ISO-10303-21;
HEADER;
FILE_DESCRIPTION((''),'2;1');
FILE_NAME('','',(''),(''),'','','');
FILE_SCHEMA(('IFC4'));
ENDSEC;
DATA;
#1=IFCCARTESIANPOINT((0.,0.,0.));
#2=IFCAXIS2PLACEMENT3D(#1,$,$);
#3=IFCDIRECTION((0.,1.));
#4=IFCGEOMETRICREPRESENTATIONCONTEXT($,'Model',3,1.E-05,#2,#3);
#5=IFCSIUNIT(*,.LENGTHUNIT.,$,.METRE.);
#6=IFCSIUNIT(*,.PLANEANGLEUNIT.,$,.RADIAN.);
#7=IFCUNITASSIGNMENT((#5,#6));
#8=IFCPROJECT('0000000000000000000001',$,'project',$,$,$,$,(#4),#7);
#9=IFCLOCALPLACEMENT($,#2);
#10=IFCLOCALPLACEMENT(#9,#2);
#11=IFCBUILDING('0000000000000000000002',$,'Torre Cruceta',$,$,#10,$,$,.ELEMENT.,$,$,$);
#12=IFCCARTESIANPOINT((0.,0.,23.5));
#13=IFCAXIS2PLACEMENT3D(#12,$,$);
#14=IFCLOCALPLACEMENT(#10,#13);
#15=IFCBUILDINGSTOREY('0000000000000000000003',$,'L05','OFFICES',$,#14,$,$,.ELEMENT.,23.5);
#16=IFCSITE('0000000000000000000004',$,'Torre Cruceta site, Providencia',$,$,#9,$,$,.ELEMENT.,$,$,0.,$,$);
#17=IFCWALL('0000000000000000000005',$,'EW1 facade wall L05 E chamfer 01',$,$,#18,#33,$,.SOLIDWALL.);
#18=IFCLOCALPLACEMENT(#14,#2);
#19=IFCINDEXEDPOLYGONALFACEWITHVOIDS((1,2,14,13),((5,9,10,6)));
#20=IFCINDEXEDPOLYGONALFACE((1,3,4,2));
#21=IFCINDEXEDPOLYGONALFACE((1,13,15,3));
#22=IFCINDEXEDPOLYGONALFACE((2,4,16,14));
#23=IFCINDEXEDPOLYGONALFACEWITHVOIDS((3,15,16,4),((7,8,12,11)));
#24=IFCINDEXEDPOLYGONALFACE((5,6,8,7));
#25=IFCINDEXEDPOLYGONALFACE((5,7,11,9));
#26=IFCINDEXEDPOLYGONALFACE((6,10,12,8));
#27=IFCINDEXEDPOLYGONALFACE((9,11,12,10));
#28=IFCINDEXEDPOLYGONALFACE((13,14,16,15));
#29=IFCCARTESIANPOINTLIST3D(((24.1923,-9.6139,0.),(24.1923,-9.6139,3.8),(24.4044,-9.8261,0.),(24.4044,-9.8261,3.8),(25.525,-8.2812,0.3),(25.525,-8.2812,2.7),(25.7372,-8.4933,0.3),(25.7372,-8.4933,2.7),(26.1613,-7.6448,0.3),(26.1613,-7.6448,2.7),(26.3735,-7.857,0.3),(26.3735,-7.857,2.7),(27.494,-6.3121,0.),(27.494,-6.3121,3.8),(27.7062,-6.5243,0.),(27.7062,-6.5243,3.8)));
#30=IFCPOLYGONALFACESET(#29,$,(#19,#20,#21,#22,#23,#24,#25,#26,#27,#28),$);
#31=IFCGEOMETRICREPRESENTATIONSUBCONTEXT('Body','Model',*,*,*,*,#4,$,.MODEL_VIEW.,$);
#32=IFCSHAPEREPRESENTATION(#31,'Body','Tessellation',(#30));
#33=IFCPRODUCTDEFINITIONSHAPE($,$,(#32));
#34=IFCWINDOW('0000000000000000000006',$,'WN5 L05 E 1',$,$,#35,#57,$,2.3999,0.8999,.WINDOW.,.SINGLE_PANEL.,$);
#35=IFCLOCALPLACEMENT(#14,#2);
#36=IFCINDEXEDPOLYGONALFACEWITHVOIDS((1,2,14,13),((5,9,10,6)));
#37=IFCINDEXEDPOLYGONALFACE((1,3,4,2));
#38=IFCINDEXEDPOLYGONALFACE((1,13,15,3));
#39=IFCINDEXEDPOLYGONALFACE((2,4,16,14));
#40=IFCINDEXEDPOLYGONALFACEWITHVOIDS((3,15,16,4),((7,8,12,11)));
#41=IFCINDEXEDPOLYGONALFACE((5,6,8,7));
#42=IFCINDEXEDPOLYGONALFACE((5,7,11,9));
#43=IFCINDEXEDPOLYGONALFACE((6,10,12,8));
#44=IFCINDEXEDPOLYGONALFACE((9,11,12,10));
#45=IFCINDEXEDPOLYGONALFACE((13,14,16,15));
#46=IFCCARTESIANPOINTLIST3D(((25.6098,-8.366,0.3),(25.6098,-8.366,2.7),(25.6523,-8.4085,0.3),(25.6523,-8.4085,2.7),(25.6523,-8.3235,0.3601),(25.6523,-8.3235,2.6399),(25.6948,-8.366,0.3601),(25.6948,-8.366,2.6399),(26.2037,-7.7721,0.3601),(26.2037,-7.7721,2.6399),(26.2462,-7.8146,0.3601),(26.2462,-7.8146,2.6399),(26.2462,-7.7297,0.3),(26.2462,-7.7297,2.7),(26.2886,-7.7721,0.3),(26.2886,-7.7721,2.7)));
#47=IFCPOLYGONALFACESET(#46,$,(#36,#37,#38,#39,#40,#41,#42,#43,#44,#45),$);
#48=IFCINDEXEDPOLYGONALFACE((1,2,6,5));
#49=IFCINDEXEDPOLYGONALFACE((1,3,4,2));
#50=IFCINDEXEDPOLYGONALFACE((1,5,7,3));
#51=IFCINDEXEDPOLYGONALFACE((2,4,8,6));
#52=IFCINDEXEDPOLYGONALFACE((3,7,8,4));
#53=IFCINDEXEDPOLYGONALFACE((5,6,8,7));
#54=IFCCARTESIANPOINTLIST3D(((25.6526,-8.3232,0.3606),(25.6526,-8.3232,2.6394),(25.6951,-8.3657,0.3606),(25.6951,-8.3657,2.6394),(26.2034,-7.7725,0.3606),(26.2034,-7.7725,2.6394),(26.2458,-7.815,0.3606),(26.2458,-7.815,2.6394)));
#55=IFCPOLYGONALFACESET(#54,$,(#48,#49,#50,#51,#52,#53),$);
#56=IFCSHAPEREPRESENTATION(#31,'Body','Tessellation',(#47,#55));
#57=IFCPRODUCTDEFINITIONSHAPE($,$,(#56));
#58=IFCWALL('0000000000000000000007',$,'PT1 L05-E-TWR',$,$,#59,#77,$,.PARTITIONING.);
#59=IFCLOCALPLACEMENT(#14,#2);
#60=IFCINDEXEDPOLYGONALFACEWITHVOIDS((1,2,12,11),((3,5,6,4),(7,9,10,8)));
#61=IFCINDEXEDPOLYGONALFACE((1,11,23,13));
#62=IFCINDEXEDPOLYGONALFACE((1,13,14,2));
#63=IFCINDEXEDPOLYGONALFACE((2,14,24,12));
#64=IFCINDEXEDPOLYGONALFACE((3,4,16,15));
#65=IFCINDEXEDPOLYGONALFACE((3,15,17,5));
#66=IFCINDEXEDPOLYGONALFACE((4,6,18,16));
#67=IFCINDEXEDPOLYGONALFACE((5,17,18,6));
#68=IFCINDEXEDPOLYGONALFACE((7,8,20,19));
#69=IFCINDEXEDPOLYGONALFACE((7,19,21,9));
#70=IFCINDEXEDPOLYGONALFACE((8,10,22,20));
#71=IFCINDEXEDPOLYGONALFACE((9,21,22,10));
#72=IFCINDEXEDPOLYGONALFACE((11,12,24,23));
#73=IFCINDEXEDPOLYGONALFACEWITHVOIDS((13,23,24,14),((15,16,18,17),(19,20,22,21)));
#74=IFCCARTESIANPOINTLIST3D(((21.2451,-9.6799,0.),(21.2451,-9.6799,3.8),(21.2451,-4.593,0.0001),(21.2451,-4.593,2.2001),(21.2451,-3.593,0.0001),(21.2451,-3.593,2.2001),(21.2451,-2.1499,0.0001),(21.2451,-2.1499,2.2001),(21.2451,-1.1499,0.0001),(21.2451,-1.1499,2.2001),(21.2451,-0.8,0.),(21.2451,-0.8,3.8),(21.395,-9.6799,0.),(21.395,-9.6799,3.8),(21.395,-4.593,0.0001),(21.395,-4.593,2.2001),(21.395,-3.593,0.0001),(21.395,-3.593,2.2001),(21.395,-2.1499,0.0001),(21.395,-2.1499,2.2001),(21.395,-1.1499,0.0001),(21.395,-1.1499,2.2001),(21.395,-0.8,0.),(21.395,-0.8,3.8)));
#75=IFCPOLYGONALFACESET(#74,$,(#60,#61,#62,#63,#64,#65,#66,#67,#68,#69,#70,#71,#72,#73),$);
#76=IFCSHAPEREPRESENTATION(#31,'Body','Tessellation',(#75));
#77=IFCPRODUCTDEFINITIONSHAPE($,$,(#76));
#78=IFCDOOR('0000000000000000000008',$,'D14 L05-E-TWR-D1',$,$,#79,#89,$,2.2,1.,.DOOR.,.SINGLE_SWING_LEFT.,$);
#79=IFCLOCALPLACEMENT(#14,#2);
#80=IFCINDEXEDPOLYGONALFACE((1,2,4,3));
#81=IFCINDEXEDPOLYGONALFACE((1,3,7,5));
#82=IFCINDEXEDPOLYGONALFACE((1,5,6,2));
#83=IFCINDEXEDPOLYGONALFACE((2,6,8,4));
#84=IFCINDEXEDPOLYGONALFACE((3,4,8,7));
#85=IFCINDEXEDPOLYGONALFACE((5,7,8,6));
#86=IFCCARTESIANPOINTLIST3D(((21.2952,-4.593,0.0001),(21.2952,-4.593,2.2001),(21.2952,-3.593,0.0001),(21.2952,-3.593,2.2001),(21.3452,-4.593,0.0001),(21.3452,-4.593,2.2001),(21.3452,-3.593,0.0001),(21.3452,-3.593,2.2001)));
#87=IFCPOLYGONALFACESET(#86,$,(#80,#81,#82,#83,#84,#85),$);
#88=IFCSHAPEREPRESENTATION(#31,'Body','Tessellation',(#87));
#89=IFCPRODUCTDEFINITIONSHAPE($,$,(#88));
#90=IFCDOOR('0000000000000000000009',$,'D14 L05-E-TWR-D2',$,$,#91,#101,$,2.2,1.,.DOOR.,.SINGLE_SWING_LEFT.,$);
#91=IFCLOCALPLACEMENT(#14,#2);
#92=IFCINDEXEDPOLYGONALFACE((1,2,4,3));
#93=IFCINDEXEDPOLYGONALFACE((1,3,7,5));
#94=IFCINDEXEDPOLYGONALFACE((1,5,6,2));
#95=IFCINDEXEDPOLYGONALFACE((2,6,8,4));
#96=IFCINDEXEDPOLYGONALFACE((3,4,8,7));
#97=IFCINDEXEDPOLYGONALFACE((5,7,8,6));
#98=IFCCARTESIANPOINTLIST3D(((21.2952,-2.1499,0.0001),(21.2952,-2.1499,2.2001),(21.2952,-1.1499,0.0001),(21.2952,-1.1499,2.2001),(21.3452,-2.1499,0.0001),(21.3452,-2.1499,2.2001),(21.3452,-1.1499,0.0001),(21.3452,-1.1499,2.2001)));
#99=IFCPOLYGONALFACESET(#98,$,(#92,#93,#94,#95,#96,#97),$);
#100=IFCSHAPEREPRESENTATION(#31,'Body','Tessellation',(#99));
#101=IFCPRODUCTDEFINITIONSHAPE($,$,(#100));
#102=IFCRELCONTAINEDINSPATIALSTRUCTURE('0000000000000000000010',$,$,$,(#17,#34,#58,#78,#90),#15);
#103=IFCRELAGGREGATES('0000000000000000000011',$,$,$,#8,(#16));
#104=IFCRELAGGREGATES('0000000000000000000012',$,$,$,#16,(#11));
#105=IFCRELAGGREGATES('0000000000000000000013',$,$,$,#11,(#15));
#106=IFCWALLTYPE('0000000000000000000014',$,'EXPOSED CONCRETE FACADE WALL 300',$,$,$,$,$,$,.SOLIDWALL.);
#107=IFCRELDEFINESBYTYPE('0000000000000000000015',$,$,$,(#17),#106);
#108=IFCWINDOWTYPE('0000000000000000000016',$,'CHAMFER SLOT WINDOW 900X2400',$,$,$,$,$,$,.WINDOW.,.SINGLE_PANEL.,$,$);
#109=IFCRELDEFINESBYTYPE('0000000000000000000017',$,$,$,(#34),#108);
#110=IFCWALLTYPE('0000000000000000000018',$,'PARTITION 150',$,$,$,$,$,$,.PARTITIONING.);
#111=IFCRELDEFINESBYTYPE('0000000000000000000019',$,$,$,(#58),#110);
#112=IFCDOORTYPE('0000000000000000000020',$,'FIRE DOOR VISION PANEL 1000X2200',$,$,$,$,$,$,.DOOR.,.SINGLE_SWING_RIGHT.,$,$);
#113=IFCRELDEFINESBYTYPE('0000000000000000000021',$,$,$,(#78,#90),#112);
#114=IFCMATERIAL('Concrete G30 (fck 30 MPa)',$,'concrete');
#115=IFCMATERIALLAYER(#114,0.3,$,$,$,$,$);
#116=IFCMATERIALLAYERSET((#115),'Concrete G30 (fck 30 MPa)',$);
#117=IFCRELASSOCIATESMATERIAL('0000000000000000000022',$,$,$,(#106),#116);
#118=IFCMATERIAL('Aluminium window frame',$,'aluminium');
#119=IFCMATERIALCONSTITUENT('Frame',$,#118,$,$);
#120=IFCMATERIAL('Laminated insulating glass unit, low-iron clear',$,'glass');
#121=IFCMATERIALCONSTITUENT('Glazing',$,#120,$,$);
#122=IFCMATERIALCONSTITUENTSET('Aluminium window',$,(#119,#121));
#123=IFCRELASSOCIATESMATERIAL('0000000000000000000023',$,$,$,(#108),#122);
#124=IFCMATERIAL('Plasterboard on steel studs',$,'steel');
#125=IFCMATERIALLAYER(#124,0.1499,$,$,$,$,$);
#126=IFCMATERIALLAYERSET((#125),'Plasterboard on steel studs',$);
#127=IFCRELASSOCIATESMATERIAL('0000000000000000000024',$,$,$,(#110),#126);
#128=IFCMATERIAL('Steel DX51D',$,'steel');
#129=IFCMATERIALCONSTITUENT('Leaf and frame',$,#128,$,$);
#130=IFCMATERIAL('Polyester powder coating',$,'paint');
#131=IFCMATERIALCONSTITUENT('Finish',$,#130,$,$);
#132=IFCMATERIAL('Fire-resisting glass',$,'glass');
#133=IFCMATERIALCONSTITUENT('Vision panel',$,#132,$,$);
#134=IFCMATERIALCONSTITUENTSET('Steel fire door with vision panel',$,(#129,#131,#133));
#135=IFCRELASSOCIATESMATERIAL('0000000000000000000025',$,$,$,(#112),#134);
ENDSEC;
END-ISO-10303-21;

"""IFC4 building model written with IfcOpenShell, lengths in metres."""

from ifc_helpers import new_model, si_unit, direction, frame, frame_2d, origin, place, context, subcontext, project, spatial, rectangle, hollow_rectangle, extrude, material, layer, layer_set, constituent, constituent_set, type_object, element, fill, save


model = new_model("IFC4")

# Units and contexts
model_context = context("Model", 3, precision=1e-05, world=origin(), true_north=direction((0.0, 1.0)))
body_context = subcontext(model_context, "Body", "Model", "MODEL_VIEW")
ifc_project = project(units=[si_unit("LENGTHUNIT", "METRE"), si_unit("PLANEANGLEUNIT", "RADIAN")], contexts=[model_context])

# Site, building, storey
site_placement = place(None, origin())
site = spatial("IfcSite", under=ifc_project, at=site_placement, Name="Torre Cruceta site, Providencia", CompositionType="ELEMENT", RefElevation=0.0)
building_placement = place(site_placement, origin())
building = spatial("IfcBuilding", under=site, at=building_placement, Name="Torre Cruceta", CompositionType="ELEMENT")
storey_placement = place(building_placement, frame((0.0, 0.0, 23.5)))
storey = spatial("IfcBuildingStorey", under=building, at=storey_placement, Name="L05", Description="OFFICES", CompositionType="ELEMENT", Elevation=23.5)

# Wall, opening, window
ifc_material_1 = material(Name="Concrete G30 (fck 30 MPa)", Category="concrete")
ifc_layer_1 = layer(ifc_material_1, 0.3)
ifc_layer_set_1 = layer_set([ifc_layer_1], Name="Concrete G30 (fck 30 MPa)")
wall_type_1 = type_object("IfcWallType", Name="EXPOSED CONCRETE FACADE WALL 300", PredefinedType="SOLIDWALL", material=ifc_layer_set_1)
wall_1_placement = place(storey_placement, frame((24.2983, -9.72, 0.0), z_axis=(0.0, 0.0, 1.0), x_axis=(0.707107, 0.707107, 0.0)))
wall_1 = element("IfcWall", 1, at=wall_1_placement, inside=storey, type_object=wall_type_1, Name="EW1 facade wall L05 E chamfer 01", PredefinedType="SOLIDWALL", context=body_context, shape_type="SweptSolid", body=[
    extrude(rectangle(XDim=4.6694, YDim=0.3, at=frame_2d((2.3347, 0.0))), origin(), (0.0, 0.0, 1.0), 3.8),
])
opening_1_placement = place(wall_1_placement, frame((1.8848, 0.0, 0.3)))
opening_1 = element("IfcOpeningElement", 2, at=opening_1_placement, cuts=wall_1, PredefinedType="OPENING", context=body_context, shape_type="SweptSolid", body=[
    extrude(rectangle(XDim=0.8999, YDim=2.3999, at=frame_2d((0.45, 1.2))), frame((0.0, 0.1599, 0.0), z_axis=(0.0, -1.0, 0.0), x_axis=(1.0, 0.0, 0.0)), (0.0, 0.0, 1.0), 0.3201),
])
ifc_material_2 = material(Name="Aluminium window frame", Category="aluminium")
ifc_constituent_1 = constituent(ifc_material_2, Name="Frame")
ifc_material_3 = material(Name="Laminated insulating glass unit, low-iron clear", Category="glass")
ifc_constituent_2 = constituent(ifc_material_3, Name="Glazing")
ifc_constituent_set_1 = constituent_set(constituents=[ifc_constituent_1, ifc_constituent_2], Name="Aluminium window")
window_type = type_object("IfcWindowType", Name="CHAMFER SLOT WINDOW 900X2400", PartitioningType="SINGLE_PANEL", PredefinedType="WINDOW", material=ifc_constituent_set_1)
window_placement = place(opening_1_placement, origin())
window = element("IfcWindow", 3, at=window_placement, inside=storey, type_object=window_type, Name="WN5 L05 E 1", OverallHeight=2.3999, OverallWidth=0.8999, PartitioningType="SINGLE_PANEL", PredefinedType="WINDOW", context=body_context, shape_type="SweptSolid", body=[
    extrude(hollow_rectangle(XDim=0.8999, YDim=2.3999, WallThickness=0.0601, at=frame_2d((0.45, 1.2))), frame((0.0, 0.03, 0.0), z_axis=(0.0, -1.0, 0.0), x_axis=(1.0, 0.0, 0.0)), (0.0, 0.0, 1.0), 0.0601),
    extrude(rectangle(XDim=0.7788, YDim=2.2788, at=frame_2d((0.45, 1.2))), frame((0.0, 0.03, 0.0), z_axis=(0.0, -1.0, 0.0), x_axis=(1.0, 0.0, 0.0)), (0.0, 0.0, 1.0), 0.0601),
])
fill(opening_1, window)

# Wall, openings, doors
ifc_material_4 = material(Name="Plasterboard on steel studs", Category="steel")
ifc_layer_2 = layer(ifc_material_4, 0.1499)
ifc_layer_set_2 = layer_set([ifc_layer_2], Name="Plasterboard on steel studs")
wall_type_2 = type_object("IfcWallType", Name="PARTITION 150", PredefinedType="PARTITIONING", material=ifc_layer_set_2)
wall_2_placement = place(storey_placement, frame((21.3201, -9.6799, 0.0), z_axis=(0.0, 0.0, 1.0), x_axis=(0.0, 1.0, 0.0)))
wall_2 = element("IfcWall", 4, at=wall_2_placement, inside=storey, type_object=wall_type_2, Name="PT1 L05-E-TWR", PredefinedType="PARTITIONING", context=body_context, shape_type="SweptSolid", body=[
    extrude(rectangle(XDim=8.8799, YDim=0.1499, at=frame_2d((4.4399, 0.0))), origin(), (0.0, 0.0, 1.0), 3.8),
])
opening_2_placement = place(wall_2_placement, frame((5.0869, 0.0, 0.0)))
opening_2 = element("IfcOpeningElement", 5, at=opening_2_placement, cuts=wall_2, PredefinedType="OPENING", context=body_context, shape_type="SweptSolid", body=[
    extrude(rectangle(XDim=1.0, YDim=2.2, at=frame_2d((0.5, 1.1001))), frame((0.0, 0.085, 0.0), z_axis=(0.0, -1.0, 0.0), x_axis=(1.0, 0.0, 0.0)), (0.0, 0.0, 1.0), 0.1699),
])
opening_3_placement = place(wall_2_placement, frame((7.53, 0.0, 0.0)))
opening_3 = element("IfcOpeningElement", 6, at=opening_3_placement, cuts=wall_2, PredefinedType="OPENING", context=body_context, shape_type="SweptSolid", body=[
    extrude(rectangle(XDim=1.0, YDim=2.2, at=frame_2d((0.5, 1.1001))), frame((0.0, 0.085, 0.0), z_axis=(0.0, -1.0, 0.0), x_axis=(1.0, 0.0, 0.0)), (0.0, 0.0, 1.0), 0.1699),
])
ifc_material_5 = material(Name="Steel DX51D", Category="steel")
ifc_constituent_3 = constituent(ifc_material_5, Name="Leaf and frame")
ifc_material_6 = material(Name="Polyester powder coating", Category="paint")
ifc_constituent_4 = constituent(ifc_material_6, Name="Finish")
ifc_material_7 = material(Name="Fire-resisting glass", Category="glass")
ifc_constituent_5 = constituent(ifc_material_7, Name="Vision panel")
ifc_constituent_set_2 = constituent_set(constituents=[ifc_constituent_3, ifc_constituent_4, ifc_constituent_5], Name="Steel fire door with vision panel")
door_type = type_object("IfcDoorType", Name="FIRE DOOR VISION PANEL 1000X2200", OperationType="SINGLE_SWING_RIGHT", PredefinedType="DOOR", material=ifc_constituent_set_2)
door_1_placement = place(opening_2_placement, frame((1.0, 0.0, 0.0), z_axis=(0.0, 0.0, 1.0), x_axis=(-1.0, 0.0, 0.0)))
door_1 = element("IfcDoor", 7, at=door_1_placement, inside=storey, type_object=door_type, Name="D14 L05-E-TWR-D1", OperationType="SINGLE_SWING_LEFT", OverallHeight=2.2, OverallWidth=1.0, PredefinedType="DOOR", context=body_context, shape_type="SweptSolid", body=[
    extrude(rectangle(XDim=1.0, YDim=2.2, at=frame_2d((0.5, 1.1001))), frame((0.0, 0.0251, 0.0), z_axis=(0.0, -1.0, 0.0), x_axis=(1.0, 0.0, 0.0)), (0.0, 0.0, 1.0), 0.05),
])
fill(opening_2, door_1)
door_2_placement = place(opening_3_placement, frame((1.0, 0.0, 0.0), z_axis=(0.0, 0.0, 1.0), x_axis=(-1.0, 0.0, 0.0)))
door_2 = element("IfcDoor", 8, at=door_2_placement, inside=storey, type_object=door_type, Name="D14 L05-E-TWR-D2", OperationType="SINGLE_SWING_LEFT", OverallHeight=2.2, OverallWidth=1.0, PredefinedType="DOOR", context=body_context, shape_type="SweptSolid", body=[
    extrude(rectangle(XDim=1.0, YDim=2.2, at=frame_2d((0.5, 1.1001))), frame((0.0, 0.0251, 0.0), z_axis=(0.0, -1.0, 0.0), x_axis=(1.0, 0.0, 0.0)), (0.0, 0.0, 1.0), 0.05),
])
fill(opening_3, door_2)

save(model, "model.ifc")
